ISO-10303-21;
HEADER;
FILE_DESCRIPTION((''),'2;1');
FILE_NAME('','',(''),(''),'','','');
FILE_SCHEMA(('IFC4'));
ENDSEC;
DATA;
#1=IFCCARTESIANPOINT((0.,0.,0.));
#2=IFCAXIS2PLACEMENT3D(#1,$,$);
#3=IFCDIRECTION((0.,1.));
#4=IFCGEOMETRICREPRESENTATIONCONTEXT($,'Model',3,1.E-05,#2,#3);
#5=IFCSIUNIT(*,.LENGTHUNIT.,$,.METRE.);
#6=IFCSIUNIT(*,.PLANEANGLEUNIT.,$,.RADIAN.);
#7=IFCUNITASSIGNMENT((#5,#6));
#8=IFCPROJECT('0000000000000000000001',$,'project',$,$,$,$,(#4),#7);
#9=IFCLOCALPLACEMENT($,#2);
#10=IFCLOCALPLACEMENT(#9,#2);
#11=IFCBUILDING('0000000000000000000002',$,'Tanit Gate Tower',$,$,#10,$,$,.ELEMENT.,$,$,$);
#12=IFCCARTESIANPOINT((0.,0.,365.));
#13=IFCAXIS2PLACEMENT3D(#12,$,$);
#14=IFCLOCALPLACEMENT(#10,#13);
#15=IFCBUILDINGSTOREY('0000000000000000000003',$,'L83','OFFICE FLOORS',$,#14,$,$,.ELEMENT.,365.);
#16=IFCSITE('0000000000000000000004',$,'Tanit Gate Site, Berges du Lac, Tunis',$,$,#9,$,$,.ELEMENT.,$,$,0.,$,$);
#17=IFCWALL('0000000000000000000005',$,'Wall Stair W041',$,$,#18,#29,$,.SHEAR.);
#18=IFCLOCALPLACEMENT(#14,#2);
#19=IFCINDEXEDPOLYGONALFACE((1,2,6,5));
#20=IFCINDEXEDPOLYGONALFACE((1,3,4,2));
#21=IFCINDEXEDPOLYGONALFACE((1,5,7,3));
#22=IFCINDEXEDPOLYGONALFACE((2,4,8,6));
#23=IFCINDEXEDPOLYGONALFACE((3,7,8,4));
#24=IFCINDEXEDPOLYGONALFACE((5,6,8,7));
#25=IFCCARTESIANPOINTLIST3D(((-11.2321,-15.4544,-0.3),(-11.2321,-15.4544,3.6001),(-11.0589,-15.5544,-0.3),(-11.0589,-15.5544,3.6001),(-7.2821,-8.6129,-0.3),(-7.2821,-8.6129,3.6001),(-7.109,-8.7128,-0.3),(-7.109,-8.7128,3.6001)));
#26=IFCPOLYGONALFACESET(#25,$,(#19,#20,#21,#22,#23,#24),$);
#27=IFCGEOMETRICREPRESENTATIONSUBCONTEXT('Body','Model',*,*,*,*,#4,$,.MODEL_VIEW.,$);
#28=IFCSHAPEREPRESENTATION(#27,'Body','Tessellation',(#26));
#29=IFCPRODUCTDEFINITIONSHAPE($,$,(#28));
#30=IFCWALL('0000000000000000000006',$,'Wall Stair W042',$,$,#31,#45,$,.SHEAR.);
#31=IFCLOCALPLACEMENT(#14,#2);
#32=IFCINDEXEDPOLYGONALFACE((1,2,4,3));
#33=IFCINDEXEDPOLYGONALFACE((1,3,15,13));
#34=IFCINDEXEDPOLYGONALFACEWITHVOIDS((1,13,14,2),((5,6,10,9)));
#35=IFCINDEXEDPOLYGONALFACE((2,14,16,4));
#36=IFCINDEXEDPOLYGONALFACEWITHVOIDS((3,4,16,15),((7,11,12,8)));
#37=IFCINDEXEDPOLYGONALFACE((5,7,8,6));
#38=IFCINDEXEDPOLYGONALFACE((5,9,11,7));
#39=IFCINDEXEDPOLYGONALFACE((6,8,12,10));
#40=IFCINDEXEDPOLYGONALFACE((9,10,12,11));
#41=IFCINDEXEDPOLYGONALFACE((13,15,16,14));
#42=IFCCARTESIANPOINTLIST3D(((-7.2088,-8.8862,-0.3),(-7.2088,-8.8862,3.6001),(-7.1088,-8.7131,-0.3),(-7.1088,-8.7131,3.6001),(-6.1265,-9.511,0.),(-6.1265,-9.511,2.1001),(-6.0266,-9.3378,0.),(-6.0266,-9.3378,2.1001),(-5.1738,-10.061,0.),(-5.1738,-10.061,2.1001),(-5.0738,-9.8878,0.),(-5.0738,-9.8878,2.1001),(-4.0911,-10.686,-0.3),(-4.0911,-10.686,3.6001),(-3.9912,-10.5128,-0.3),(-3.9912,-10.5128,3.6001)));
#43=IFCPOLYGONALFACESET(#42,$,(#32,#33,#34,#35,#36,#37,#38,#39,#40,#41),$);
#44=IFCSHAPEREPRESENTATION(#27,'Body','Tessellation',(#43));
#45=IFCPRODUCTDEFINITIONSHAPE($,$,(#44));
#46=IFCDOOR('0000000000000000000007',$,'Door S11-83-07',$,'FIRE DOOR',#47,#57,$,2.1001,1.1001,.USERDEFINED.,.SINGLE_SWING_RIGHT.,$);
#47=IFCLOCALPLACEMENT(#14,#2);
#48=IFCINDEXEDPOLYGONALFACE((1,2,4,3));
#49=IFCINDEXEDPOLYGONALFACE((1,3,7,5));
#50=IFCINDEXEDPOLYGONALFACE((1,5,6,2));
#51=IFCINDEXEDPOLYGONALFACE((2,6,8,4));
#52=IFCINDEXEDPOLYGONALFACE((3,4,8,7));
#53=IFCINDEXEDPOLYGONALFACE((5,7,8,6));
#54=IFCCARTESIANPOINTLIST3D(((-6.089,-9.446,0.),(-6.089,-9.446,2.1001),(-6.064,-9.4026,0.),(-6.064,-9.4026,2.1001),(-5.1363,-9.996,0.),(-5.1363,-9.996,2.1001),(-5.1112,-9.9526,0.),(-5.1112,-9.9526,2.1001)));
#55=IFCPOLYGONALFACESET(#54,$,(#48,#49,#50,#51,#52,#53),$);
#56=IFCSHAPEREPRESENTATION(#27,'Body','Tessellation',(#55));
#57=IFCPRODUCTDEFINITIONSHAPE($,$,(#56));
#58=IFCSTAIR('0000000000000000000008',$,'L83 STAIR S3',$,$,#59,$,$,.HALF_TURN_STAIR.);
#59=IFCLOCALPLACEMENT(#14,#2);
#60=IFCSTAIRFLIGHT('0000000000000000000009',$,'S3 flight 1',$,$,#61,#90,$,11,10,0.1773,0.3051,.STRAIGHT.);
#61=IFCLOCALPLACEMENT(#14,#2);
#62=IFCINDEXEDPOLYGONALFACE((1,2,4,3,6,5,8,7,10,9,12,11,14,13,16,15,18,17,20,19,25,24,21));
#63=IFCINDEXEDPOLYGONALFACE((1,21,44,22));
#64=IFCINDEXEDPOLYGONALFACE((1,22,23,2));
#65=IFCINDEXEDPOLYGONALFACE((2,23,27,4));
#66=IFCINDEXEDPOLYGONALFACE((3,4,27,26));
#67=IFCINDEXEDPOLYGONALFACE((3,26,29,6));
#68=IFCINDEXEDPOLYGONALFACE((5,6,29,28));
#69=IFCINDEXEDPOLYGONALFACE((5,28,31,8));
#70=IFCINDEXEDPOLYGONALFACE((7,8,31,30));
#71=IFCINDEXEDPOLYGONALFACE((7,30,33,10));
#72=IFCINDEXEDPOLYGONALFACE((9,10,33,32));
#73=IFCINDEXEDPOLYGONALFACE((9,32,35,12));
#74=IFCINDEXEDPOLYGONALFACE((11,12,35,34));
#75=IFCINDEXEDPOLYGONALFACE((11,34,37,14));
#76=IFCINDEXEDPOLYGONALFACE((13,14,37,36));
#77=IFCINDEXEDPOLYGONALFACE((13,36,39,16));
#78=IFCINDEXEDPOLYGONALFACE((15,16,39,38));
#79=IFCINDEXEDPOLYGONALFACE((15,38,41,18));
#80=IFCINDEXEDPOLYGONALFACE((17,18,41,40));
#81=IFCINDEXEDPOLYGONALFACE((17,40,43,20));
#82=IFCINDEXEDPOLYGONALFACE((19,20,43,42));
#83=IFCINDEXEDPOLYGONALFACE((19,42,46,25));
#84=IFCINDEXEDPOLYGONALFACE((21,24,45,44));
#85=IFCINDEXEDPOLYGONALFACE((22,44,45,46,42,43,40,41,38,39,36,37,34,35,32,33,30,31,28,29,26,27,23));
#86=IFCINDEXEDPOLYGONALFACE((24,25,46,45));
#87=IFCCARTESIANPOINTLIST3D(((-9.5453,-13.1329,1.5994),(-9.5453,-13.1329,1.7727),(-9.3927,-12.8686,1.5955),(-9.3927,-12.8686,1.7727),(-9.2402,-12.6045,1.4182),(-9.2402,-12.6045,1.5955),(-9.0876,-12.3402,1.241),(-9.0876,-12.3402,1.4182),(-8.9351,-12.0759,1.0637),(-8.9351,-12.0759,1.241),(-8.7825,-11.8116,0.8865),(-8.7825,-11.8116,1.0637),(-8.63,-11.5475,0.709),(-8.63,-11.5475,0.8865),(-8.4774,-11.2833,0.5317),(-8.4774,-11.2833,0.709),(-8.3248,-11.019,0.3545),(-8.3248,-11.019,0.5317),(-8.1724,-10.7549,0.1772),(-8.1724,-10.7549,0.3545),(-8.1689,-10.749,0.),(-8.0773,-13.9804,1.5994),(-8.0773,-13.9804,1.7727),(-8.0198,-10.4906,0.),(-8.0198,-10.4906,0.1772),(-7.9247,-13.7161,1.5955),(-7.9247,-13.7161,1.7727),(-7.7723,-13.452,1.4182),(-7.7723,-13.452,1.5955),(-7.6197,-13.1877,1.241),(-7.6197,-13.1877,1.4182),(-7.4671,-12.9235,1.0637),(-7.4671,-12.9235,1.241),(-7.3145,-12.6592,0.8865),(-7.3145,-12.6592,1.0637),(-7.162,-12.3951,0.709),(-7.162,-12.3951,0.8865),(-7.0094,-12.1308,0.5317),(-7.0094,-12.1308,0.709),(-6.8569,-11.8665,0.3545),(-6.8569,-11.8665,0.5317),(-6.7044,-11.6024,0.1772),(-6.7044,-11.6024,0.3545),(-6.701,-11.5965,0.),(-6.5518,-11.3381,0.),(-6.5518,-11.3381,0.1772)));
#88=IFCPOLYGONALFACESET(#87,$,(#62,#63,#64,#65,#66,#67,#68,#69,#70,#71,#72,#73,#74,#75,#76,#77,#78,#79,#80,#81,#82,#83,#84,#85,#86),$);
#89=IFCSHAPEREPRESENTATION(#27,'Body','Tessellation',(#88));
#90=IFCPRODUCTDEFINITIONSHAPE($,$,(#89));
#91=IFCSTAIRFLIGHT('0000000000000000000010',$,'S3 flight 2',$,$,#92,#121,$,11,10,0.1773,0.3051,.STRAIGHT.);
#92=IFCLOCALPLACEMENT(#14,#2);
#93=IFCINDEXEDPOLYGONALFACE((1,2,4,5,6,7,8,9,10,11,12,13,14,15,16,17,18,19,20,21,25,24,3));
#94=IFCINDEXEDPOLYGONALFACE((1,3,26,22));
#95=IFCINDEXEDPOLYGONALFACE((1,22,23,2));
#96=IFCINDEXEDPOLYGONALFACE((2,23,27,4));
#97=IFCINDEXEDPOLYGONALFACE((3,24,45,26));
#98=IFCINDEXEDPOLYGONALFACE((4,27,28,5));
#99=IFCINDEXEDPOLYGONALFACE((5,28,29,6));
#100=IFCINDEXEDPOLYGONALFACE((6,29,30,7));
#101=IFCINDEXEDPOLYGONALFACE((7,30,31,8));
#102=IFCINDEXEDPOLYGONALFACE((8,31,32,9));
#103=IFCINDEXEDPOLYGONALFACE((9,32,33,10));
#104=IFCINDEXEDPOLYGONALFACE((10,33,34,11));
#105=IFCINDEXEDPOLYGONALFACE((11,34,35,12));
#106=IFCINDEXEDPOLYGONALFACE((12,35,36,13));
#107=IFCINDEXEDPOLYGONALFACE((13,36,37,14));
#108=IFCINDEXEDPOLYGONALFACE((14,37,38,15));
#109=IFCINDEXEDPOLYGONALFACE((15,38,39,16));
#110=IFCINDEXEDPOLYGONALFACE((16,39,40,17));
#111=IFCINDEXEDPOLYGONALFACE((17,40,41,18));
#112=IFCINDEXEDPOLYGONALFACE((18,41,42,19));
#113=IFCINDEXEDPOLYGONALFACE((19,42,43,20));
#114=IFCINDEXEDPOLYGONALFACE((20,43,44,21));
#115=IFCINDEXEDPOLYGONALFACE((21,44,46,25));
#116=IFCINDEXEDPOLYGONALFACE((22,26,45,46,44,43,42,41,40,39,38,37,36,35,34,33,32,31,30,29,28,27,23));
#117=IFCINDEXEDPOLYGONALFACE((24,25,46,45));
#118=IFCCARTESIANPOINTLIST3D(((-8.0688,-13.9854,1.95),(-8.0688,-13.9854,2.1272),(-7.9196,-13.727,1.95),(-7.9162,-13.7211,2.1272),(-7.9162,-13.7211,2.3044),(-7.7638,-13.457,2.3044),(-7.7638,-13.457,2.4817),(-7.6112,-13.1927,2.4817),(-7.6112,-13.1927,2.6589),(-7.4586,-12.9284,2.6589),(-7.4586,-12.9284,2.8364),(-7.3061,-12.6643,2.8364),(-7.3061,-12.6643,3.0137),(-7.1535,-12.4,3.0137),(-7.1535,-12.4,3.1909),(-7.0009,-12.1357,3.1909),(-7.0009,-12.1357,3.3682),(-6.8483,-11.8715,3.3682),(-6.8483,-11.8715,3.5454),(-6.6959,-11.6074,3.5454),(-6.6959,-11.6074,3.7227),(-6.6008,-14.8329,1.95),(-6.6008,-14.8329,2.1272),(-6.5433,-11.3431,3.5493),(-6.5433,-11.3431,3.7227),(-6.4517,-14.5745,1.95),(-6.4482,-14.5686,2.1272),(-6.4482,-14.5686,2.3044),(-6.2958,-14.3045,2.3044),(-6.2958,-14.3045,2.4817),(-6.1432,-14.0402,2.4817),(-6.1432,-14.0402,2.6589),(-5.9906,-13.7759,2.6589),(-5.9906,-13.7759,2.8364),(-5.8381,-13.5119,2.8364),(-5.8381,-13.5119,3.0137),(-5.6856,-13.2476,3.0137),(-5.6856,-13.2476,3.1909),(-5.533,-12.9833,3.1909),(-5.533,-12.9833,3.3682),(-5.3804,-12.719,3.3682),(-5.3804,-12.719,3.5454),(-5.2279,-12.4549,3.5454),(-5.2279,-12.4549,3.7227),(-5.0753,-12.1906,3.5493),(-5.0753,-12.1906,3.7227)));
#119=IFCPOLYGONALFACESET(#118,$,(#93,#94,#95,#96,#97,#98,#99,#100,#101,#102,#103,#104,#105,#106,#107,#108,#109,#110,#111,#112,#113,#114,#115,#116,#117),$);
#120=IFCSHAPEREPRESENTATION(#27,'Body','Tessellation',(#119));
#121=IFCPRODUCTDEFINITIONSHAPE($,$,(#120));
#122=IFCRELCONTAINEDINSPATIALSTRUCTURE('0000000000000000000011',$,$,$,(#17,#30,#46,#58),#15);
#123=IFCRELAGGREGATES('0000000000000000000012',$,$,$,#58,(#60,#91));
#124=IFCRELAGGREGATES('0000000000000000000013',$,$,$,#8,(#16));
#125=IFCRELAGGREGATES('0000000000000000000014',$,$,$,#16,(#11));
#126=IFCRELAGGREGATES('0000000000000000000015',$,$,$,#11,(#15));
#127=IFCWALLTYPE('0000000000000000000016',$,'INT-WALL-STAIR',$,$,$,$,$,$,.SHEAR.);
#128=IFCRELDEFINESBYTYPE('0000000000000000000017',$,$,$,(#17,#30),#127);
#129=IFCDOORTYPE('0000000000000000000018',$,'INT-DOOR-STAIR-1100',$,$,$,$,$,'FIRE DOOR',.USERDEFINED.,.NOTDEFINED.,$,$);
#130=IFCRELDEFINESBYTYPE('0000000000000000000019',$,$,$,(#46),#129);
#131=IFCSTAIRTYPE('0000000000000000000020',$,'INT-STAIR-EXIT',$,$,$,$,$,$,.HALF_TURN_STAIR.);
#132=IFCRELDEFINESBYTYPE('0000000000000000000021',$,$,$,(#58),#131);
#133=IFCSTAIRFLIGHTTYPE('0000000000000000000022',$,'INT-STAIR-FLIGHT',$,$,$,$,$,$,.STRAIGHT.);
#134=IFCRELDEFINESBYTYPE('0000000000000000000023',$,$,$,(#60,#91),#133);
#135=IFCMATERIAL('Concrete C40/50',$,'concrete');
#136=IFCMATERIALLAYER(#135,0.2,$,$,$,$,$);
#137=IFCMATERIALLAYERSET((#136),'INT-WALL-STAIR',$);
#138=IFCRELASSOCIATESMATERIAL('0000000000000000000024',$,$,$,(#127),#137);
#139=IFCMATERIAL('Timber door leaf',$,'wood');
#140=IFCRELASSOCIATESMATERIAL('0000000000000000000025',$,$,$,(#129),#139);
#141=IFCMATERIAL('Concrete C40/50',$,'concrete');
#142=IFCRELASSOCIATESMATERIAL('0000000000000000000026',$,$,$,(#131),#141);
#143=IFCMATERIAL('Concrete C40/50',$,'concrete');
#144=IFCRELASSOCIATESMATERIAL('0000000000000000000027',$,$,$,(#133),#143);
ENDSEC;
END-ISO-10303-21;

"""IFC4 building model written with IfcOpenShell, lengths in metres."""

from ifc_helpers import new_model, si_unit, direction, frame, frame_2d, origin, place, context, subcontext, project, spatial, polyline, rectangle, outline, extrude, material, layer, layer_set, type_object, element, fill, aggregate, save


model = new_model("IFC4")

# Units and contexts
model_context = context("Model", 3, precision=1e-05, world=origin(), true_north=direction((0.0, 1.0)))
body_context = subcontext(model_context, "Body", "Model", "MODEL_VIEW")
ifc_project = project(units=[si_unit("LENGTHUNIT", "METRE"), si_unit("PLANEANGLEUNIT", "RADIAN")], contexts=[model_context])

# Site, building, storey
site_placement = place(None, origin())
site = spatial("IfcSite", under=ifc_project, at=site_placement, Name="Tanit Gate Site, Berges du Lac, Tunis", CompositionType="ELEMENT", RefElevation=0.0)
building_placement = place(site_placement, origin())
building = spatial("IfcBuilding", under=site, at=building_placement, Name="Tanit Gate Tower", CompositionType="ELEMENT")
storey_placement = place(building_placement, frame((0.0, 0.0, 365.0)))
storey = spatial("IfcBuildingStorey", under=building, at=storey_placement, Name="L83", Description="OFFICE FLOORS", CompositionType="ELEMENT", Elevation=365.0)

# Wall
ifc_material_1 = material(Name="Concrete C40/50", Category="concrete")
ifc_layer_1 = layer(ifc_material_1, 0.2)
ifc_layer_set_1 = layer_set([ifc_layer_1], Name="INT-WALL-STAIR")
wall_type_1 = type_object("IfcWallType", Name="INT-WALL-STAIR", PredefinedType="SHEAR", material=ifc_layer_set_1)
wall_1_placement = place(storey_placement, frame((-7.1956, -8.6628, -0.3), z_axis=(0.0, 0.0, 1.0), x_axis=(-0.499998, -0.866027, 0.0)))
element("IfcWall", 1, at=wall_1_placement, inside=storey, type_object=wall_type_1, Name="Wall Stair W041", PredefinedType="SHEAR", context=body_context, shape_type="SweptSolid", body=[
    extrude(rectangle(XDim=7.8999, YDim=0.2, at=frame_2d((3.95, 0.0))), origin(), (0.0, 0.0, 1.0), 3.9001),
])

# Wall, opening, door
wall_2_placement = place(storey_placement, frame((-4.0413, -10.5994, -0.3), z_axis=(0.0, 0.0, 1.0), x_axis=(-0.866048, 0.499961, 0.0)))
wall_2 = element("IfcWall", 2, at=wall_2_placement, inside=storey, type_object=wall_type_1, Name="Wall Stair W042", PredefinedType="SHEAR", context=body_context, shape_type="SweptSolid", body=[
    extrude(rectangle(XDim=3.5999, YDim=0.2, at=frame_2d((1.7998, 0.0))), origin(), (0.0, 0.0, 1.0), 3.9001),
])
opening_1_placement = place(wall_2_placement, frame((1.25, 0.0, 0.3)))
opening_1 = element("IfcOpeningElement", 3, at=opening_1_placement, cuts=wall_2, PredefinedType="OPENING", context=body_context, shape_type="SweptSolid", body=[
    extrude(rectangle(XDim=1.1001, YDim=2.1001, at=frame_2d((0.55, 1.05))), frame((0.0, 0.1099, 0.0), z_axis=(0.0, -1.0, 0.0), x_axis=(1.0, 0.0, 0.0)), (0.0, 0.0, 1.0), 0.22),
])
ifc_material_2 = material(Name="Timber door leaf", Category="wood")
door_type_1 = type_object("IfcDoorType", Name="INT-DOOR-STAIR-1100", ElementType="FIRE DOOR", OperationType="NOTDEFINED", PredefinedType="USERDEFINED", material=ifc_material_2)
door_1_placement = place(opening_1_placement, origin())
door_1 = element("IfcDoor", 4, at=door_1_placement, inside=storey, type_object=door_type_1, Name="Door S11-83-07", ObjectType="FIRE DOOR", OperationType="SINGLE_SWING_RIGHT", OverallHeight=2.1001, OverallWidth=1.1001, PredefinedType="USERDEFINED", context=body_context, shape_type="SweptSolid", body=[
    extrude(rectangle(XDim=1.1001, YDim=2.1001, at=frame_2d((0.55, 1.05))), frame((0.0, 0.0249, 0.0), z_axis=(0.0, -1.0, 0.0), x_axis=(1.0, 0.0, 0.0)), (0.0, 0.0, 1.0), 0.05),
])
fill(opening_1, door_1)

# Stair, stair flights
ifc_material_3 = material(Name="Concrete C40/50", Category="concrete")
stair_type = type_object("IfcStairType", Name="INT-STAIR-EXIT", PredefinedType="HALF_TURN_STAIR", material=ifc_material_3)
stair_placement = place(storey_placement, origin())
stair = element("IfcStair", 5, at=stair_placement, inside=storey, type_object=stair_type, Name="L83 STAIR S3", PredefinedType="HALF_TURN_STAIR")
ifc_material_4 = material(Name="Concrete C40/50", Category="concrete")
stair_flight_type = type_object("IfcStairFlightType", Name="INT-STAIR-FLIGHT", PredefinedType="STRAIGHT", material=ifc_material_4)
stair_flight_1_placement = place(storey_placement, frame((-7.2859, -10.9143, 0.0), z_axis=(0.0, 0.0, 1.0), x_axis=(-0.5, -0.866025, 0.0)))
stair_flight_1 = element("IfcStairFlight", 6, at=stair_flight_1_placement, type_object=stair_flight_type, Name="S3 flight 1", NumberOfRisers=11, NumberOfTreads=10, PredefinedType="STRAIGHT", RiserHeight=0.1773, TreadLength=0.3051, context=body_context, shape_type="SweptSolid", body=[
    extrude(outline(polyline([(0.0, 0.0), (0.0, 0.1772), (0.3052, 0.1772), (0.3052, 0.3545), (0.6101, 0.3545), (0.6101, 0.5317), (0.9153, 0.5317), (0.9153, 0.709), (1.2205, 0.709), (1.2205, 0.8865), (1.5254, 0.8865), (1.5254, 1.0637), (1.8306, 1.0637), (1.8306, 1.241), (2.1357, 1.241), (2.1357, 1.4182), (2.4409, 1.4182), (2.4409, 1.5955), (2.7458, 1.5955), (2.7458, 1.7727), (3.051, 1.7727), (3.051, 1.95), (3.051, 1.5994), (0.2983, 0.0), (0.0, 0.0)])), frame((0.0, 0.8477, 0.0), z_axis=(0.0, -1.0, 0.0), x_axis=(1.0, 0.0, 0.0)), (0.0, 0.0, 1.0), 1.6951),
])
stair_flight_2_placement = place(storey_placement, frame((-7.3347, -14.4092, 1.95), z_axis=(0.0, 0.0, 1.0), x_axis=(0.5, 0.866025, 0.0)))
stair_flight_2 = element("IfcStairFlight", 7, at=stair_flight_2_placement, type_object=stair_flight_type, Name="S3 flight 2", NumberOfRisers=11, NumberOfTreads=10, PredefinedType="STRAIGHT", RiserHeight=0.1773, TreadLength=0.3051, context=body_context, shape_type="SweptSolid", body=[
    extrude(outline(polyline([(0.0, 0.0), (0.0, 0.1772), (0.3052, 0.1772), (0.3052, 0.3545), (0.6101, 0.3545), (0.6101, 0.5317), (0.9153, 0.5317), (0.9153, 0.709), (1.2205, 0.709), (1.2205, 0.8865), (1.5254, 0.8865), (1.5254, 1.0637), (1.8306, 1.0637), (1.8306, 1.241), (2.1357, 1.241), (2.1357, 1.4182), (2.4409, 1.4182), (2.4409, 1.5955), (2.7458, 1.5955), (2.7458, 1.7727), (3.051, 1.7727), (3.051, 1.95), (3.051, 1.5994), (0.2983, 0.0), (0.0, 0.0)])), frame((0.0, 0.8477, 0.0), z_axis=(0.0, -1.0, 0.0), x_axis=(1.0, 0.0, 0.0)), (0.0, 0.0, 1.0), 1.6951),
])
aggregate(stair, [stair_flight_1, stair_flight_2])

save(model, "model.ifc")
